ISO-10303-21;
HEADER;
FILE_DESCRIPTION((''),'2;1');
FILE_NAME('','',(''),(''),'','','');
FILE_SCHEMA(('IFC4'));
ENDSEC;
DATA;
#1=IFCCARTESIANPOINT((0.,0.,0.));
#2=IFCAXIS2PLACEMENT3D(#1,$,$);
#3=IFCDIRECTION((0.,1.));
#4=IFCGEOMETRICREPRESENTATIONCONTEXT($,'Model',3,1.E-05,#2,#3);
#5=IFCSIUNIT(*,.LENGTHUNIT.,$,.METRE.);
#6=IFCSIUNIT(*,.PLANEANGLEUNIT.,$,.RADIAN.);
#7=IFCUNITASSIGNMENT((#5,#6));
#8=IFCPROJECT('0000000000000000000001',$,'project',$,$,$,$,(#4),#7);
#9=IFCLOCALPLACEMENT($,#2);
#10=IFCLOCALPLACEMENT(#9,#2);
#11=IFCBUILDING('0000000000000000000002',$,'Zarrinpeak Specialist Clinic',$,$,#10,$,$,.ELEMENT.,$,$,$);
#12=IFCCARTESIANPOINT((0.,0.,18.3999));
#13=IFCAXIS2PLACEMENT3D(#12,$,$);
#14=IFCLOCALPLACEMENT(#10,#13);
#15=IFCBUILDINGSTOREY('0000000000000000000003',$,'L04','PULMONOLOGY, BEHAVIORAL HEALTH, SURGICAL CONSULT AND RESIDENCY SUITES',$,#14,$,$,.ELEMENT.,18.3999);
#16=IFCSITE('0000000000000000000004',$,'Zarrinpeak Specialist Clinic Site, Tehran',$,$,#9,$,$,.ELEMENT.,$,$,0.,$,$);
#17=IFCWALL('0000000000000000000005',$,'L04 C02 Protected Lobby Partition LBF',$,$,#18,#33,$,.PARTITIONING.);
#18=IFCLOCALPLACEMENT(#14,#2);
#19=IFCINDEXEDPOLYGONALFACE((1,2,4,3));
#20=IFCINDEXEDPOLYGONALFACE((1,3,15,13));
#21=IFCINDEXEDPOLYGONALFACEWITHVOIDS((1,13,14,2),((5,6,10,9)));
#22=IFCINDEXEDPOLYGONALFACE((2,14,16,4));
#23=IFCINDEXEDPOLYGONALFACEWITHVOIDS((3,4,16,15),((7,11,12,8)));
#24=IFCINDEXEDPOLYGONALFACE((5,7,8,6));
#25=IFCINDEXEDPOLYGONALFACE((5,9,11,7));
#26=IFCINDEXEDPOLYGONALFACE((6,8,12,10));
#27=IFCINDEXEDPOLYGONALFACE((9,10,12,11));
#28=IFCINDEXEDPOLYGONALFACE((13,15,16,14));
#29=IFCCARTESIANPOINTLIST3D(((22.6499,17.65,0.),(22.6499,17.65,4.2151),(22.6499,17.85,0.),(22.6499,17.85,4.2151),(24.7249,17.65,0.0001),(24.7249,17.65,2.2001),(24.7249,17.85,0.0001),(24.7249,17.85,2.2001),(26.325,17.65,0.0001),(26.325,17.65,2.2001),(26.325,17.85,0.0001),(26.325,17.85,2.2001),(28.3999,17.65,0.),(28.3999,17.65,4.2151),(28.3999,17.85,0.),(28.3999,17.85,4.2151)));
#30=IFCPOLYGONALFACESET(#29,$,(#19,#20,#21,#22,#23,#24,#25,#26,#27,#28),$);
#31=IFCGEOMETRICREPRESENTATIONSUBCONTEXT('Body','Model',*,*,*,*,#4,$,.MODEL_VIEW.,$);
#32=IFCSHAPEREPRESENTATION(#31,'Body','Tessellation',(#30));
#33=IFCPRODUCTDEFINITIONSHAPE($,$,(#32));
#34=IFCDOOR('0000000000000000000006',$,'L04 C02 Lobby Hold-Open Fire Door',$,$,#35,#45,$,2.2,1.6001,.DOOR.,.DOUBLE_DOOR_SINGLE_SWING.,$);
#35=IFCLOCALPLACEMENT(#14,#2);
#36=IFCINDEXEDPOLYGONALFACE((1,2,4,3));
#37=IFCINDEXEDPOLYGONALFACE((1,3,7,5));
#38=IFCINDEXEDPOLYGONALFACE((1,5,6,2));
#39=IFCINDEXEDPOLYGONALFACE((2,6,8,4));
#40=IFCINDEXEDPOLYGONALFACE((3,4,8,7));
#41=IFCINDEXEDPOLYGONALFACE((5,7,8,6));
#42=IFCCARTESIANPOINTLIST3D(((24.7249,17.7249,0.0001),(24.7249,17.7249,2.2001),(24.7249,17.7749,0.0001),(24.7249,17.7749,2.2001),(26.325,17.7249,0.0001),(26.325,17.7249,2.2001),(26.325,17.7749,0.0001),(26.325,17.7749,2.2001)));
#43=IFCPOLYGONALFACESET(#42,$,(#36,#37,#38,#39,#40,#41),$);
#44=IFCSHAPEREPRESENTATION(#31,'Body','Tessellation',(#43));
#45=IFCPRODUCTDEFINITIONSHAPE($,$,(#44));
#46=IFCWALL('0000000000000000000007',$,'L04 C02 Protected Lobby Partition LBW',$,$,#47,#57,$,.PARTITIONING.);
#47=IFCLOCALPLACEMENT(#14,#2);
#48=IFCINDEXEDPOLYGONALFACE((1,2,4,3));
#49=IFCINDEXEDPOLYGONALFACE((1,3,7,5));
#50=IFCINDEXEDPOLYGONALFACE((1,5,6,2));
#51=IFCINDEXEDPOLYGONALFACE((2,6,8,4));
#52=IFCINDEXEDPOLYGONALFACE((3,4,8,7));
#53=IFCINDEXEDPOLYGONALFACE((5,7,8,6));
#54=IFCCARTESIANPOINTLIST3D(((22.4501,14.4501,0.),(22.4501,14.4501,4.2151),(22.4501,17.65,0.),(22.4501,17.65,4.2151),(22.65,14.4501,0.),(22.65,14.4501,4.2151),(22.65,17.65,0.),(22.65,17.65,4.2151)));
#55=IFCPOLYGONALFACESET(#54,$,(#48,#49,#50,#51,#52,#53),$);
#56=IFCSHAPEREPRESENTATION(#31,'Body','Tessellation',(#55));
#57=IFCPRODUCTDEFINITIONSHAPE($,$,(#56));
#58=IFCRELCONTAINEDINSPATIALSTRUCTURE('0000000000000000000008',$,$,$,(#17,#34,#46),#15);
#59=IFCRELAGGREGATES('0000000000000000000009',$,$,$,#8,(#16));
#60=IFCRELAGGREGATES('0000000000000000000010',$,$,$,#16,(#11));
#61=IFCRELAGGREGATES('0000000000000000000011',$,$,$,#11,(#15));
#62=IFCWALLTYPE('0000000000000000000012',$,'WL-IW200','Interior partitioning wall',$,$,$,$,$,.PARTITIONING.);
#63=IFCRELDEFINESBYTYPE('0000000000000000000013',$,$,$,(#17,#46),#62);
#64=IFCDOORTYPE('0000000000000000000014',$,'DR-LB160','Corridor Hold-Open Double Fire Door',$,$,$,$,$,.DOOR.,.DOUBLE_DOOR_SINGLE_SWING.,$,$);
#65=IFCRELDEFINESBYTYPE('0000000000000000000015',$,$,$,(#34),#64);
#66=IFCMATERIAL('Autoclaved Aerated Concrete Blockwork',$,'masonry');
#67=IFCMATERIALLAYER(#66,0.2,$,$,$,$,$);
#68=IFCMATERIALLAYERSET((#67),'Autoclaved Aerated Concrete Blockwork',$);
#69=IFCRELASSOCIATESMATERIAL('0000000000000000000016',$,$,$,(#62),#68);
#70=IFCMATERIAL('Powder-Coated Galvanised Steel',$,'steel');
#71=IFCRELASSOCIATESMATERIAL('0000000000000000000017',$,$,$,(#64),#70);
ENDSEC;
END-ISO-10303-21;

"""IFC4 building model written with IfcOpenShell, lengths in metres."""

from ifc_helpers import new_model, si_unit, direction, frame, frame_2d, origin, place, context, subcontext, project, spatial, rectangle, extrude, material, layer, layer_set, type_object, element, fill, save


model = new_model("IFC4")

# Units and contexts
model_context = context("Model", 3, precision=1e-05, world=origin(), true_north=direction((0.0, 1.0)))
body_context = subcontext(model_context, "Body", "Model", "MODEL_VIEW")
ifc_project = project(units=[si_unit("LENGTHUNIT", "METRE"), si_unit("PLANEANGLEUNIT", "RADIAN")], contexts=[model_context])

# Site, building, storey
site_placement = place(None, origin())
site = spatial("IfcSite", under=ifc_project, at=site_placement, Name="Zarrinpeak Specialist Clinic Site, Tehran", CompositionType="ELEMENT", RefElevation=0.0)
building_placement = place(site_placement, origin())
building = spatial("IfcBuilding", under=site, at=building_placement, Name="Zarrinpeak Specialist Clinic", CompositionType="ELEMENT")
storey_placement = place(building_placement, frame((0.0, 0.0, 18.3999)))
storey = spatial("IfcBuildingStorey", under=building, at=storey_placement, Name="L04", Description="PULMONOLOGY, BEHAVIORAL HEALTH, SURGICAL CONSULT AND RESIDENCY SUITES", CompositionType="ELEMENT", Elevation=18.3999)

# Wall, opening, door
ifc_material_1 = material(Name="Autoclaved Aerated Concrete Blockwork", Category="masonry")
ifc_layer_1 = layer(ifc_material_1, 0.2)
ifc_layer_set_1 = layer_set([ifc_layer_1], Name="Autoclaved Aerated Concrete Blockwork")
wall_type_1 = type_object("IfcWallType", Name="WL-IW200", Description="Interior partitioning wall", PredefinedType="PARTITIONING", material=ifc_layer_set_1)
wall_1_placement = place(storey_placement, frame((22.6499, 17.75, 0.0), z_axis=(0.0, 0.0, 1.0), x_axis=(1.0, 0.0, 0.0)))
wall_1 = element("IfcWall", 1, at=wall_1_placement, inside=storey, type_object=wall_type_1, Name="L04 C02 Protected Lobby Partition LBF", PredefinedType="PARTITIONING", context=body_context, shape_type="SweptSolid", body=[
    extrude(rectangle(XDim=5.75, YDim=0.2, at=frame_2d((2.875, 0.0))), origin(), (0.0, 0.0, 1.0), 4.2151),
])
opening_1_placement = place(wall_1_placement, frame((2.075, 0.0, 0.0)))
opening_1 = element("IfcOpeningElement", 2, at=opening_1_placement, cuts=wall_1, PredefinedType="OPENING", context=body_context, shape_type="SweptSolid", body=[
    extrude(rectangle(XDim=1.6001, YDim=2.2, at=frame_2d((0.8, 1.1001))), frame((0.0, 0.1099, 0.0), z_axis=(0.0, -1.0, 0.0), x_axis=(1.0, 0.0, 0.0)), (0.0, 0.0, 1.0), 0.22),
])
ifc_material_2 = material(Name="Powder-Coated Galvanised Steel", Category="steel")
door_type = type_object("IfcDoorType", Name="DR-LB160", Description="Corridor Hold-Open Double Fire Door", OperationType="DOUBLE_DOOR_SINGLE_SWING", PredefinedType="DOOR", material=ifc_material_2)
door_placement = place(opening_1_placement, origin())
door = element("IfcDoor", 3, at=door_placement, inside=storey, type_object=door_type, Name="L04 C02 Lobby Hold-Open Fire Door", OperationType="DOUBLE_DOOR_SINGLE_SWING", OverallHeight=2.2, OverallWidth=1.6001, PredefinedType="DOOR", context=body_context, shape_type="SweptSolid", body=[
    extrude(rectangle(XDim=1.6001, YDim=2.2, at=frame_2d((0.8, 1.1001))), frame((0.0, 0.0249, 0.0), z_axis=(0.0, -1.0, 0.0), x_axis=(1.0, 0.0, 0.0)), (0.0, 0.0, 1.0), 0.05),
])
fill(opening_1, door)

# Wall
wall_2_placement = place(storey_placement, frame((22.55, 14.45, 0.0), z_axis=(0.0, 0.0, 1.0), x_axis=(0.0, 1.0, 0.0)))
element("IfcWall", 4, at=wall_2_placement, inside=storey, type_object=wall_type_1, Name="L04 C02 Protected Lobby Partition LBW", PredefinedType="PARTITIONING", context=body_context, shape_type="SweptSolid", body=[
    extrude(rectangle(XDim=3.2, YDim=0.2, at=frame_2d((1.6001, 0.0))), origin(), (0.0, 0.0, 1.0), 4.2151),
])

save(model, "model.ifc")
